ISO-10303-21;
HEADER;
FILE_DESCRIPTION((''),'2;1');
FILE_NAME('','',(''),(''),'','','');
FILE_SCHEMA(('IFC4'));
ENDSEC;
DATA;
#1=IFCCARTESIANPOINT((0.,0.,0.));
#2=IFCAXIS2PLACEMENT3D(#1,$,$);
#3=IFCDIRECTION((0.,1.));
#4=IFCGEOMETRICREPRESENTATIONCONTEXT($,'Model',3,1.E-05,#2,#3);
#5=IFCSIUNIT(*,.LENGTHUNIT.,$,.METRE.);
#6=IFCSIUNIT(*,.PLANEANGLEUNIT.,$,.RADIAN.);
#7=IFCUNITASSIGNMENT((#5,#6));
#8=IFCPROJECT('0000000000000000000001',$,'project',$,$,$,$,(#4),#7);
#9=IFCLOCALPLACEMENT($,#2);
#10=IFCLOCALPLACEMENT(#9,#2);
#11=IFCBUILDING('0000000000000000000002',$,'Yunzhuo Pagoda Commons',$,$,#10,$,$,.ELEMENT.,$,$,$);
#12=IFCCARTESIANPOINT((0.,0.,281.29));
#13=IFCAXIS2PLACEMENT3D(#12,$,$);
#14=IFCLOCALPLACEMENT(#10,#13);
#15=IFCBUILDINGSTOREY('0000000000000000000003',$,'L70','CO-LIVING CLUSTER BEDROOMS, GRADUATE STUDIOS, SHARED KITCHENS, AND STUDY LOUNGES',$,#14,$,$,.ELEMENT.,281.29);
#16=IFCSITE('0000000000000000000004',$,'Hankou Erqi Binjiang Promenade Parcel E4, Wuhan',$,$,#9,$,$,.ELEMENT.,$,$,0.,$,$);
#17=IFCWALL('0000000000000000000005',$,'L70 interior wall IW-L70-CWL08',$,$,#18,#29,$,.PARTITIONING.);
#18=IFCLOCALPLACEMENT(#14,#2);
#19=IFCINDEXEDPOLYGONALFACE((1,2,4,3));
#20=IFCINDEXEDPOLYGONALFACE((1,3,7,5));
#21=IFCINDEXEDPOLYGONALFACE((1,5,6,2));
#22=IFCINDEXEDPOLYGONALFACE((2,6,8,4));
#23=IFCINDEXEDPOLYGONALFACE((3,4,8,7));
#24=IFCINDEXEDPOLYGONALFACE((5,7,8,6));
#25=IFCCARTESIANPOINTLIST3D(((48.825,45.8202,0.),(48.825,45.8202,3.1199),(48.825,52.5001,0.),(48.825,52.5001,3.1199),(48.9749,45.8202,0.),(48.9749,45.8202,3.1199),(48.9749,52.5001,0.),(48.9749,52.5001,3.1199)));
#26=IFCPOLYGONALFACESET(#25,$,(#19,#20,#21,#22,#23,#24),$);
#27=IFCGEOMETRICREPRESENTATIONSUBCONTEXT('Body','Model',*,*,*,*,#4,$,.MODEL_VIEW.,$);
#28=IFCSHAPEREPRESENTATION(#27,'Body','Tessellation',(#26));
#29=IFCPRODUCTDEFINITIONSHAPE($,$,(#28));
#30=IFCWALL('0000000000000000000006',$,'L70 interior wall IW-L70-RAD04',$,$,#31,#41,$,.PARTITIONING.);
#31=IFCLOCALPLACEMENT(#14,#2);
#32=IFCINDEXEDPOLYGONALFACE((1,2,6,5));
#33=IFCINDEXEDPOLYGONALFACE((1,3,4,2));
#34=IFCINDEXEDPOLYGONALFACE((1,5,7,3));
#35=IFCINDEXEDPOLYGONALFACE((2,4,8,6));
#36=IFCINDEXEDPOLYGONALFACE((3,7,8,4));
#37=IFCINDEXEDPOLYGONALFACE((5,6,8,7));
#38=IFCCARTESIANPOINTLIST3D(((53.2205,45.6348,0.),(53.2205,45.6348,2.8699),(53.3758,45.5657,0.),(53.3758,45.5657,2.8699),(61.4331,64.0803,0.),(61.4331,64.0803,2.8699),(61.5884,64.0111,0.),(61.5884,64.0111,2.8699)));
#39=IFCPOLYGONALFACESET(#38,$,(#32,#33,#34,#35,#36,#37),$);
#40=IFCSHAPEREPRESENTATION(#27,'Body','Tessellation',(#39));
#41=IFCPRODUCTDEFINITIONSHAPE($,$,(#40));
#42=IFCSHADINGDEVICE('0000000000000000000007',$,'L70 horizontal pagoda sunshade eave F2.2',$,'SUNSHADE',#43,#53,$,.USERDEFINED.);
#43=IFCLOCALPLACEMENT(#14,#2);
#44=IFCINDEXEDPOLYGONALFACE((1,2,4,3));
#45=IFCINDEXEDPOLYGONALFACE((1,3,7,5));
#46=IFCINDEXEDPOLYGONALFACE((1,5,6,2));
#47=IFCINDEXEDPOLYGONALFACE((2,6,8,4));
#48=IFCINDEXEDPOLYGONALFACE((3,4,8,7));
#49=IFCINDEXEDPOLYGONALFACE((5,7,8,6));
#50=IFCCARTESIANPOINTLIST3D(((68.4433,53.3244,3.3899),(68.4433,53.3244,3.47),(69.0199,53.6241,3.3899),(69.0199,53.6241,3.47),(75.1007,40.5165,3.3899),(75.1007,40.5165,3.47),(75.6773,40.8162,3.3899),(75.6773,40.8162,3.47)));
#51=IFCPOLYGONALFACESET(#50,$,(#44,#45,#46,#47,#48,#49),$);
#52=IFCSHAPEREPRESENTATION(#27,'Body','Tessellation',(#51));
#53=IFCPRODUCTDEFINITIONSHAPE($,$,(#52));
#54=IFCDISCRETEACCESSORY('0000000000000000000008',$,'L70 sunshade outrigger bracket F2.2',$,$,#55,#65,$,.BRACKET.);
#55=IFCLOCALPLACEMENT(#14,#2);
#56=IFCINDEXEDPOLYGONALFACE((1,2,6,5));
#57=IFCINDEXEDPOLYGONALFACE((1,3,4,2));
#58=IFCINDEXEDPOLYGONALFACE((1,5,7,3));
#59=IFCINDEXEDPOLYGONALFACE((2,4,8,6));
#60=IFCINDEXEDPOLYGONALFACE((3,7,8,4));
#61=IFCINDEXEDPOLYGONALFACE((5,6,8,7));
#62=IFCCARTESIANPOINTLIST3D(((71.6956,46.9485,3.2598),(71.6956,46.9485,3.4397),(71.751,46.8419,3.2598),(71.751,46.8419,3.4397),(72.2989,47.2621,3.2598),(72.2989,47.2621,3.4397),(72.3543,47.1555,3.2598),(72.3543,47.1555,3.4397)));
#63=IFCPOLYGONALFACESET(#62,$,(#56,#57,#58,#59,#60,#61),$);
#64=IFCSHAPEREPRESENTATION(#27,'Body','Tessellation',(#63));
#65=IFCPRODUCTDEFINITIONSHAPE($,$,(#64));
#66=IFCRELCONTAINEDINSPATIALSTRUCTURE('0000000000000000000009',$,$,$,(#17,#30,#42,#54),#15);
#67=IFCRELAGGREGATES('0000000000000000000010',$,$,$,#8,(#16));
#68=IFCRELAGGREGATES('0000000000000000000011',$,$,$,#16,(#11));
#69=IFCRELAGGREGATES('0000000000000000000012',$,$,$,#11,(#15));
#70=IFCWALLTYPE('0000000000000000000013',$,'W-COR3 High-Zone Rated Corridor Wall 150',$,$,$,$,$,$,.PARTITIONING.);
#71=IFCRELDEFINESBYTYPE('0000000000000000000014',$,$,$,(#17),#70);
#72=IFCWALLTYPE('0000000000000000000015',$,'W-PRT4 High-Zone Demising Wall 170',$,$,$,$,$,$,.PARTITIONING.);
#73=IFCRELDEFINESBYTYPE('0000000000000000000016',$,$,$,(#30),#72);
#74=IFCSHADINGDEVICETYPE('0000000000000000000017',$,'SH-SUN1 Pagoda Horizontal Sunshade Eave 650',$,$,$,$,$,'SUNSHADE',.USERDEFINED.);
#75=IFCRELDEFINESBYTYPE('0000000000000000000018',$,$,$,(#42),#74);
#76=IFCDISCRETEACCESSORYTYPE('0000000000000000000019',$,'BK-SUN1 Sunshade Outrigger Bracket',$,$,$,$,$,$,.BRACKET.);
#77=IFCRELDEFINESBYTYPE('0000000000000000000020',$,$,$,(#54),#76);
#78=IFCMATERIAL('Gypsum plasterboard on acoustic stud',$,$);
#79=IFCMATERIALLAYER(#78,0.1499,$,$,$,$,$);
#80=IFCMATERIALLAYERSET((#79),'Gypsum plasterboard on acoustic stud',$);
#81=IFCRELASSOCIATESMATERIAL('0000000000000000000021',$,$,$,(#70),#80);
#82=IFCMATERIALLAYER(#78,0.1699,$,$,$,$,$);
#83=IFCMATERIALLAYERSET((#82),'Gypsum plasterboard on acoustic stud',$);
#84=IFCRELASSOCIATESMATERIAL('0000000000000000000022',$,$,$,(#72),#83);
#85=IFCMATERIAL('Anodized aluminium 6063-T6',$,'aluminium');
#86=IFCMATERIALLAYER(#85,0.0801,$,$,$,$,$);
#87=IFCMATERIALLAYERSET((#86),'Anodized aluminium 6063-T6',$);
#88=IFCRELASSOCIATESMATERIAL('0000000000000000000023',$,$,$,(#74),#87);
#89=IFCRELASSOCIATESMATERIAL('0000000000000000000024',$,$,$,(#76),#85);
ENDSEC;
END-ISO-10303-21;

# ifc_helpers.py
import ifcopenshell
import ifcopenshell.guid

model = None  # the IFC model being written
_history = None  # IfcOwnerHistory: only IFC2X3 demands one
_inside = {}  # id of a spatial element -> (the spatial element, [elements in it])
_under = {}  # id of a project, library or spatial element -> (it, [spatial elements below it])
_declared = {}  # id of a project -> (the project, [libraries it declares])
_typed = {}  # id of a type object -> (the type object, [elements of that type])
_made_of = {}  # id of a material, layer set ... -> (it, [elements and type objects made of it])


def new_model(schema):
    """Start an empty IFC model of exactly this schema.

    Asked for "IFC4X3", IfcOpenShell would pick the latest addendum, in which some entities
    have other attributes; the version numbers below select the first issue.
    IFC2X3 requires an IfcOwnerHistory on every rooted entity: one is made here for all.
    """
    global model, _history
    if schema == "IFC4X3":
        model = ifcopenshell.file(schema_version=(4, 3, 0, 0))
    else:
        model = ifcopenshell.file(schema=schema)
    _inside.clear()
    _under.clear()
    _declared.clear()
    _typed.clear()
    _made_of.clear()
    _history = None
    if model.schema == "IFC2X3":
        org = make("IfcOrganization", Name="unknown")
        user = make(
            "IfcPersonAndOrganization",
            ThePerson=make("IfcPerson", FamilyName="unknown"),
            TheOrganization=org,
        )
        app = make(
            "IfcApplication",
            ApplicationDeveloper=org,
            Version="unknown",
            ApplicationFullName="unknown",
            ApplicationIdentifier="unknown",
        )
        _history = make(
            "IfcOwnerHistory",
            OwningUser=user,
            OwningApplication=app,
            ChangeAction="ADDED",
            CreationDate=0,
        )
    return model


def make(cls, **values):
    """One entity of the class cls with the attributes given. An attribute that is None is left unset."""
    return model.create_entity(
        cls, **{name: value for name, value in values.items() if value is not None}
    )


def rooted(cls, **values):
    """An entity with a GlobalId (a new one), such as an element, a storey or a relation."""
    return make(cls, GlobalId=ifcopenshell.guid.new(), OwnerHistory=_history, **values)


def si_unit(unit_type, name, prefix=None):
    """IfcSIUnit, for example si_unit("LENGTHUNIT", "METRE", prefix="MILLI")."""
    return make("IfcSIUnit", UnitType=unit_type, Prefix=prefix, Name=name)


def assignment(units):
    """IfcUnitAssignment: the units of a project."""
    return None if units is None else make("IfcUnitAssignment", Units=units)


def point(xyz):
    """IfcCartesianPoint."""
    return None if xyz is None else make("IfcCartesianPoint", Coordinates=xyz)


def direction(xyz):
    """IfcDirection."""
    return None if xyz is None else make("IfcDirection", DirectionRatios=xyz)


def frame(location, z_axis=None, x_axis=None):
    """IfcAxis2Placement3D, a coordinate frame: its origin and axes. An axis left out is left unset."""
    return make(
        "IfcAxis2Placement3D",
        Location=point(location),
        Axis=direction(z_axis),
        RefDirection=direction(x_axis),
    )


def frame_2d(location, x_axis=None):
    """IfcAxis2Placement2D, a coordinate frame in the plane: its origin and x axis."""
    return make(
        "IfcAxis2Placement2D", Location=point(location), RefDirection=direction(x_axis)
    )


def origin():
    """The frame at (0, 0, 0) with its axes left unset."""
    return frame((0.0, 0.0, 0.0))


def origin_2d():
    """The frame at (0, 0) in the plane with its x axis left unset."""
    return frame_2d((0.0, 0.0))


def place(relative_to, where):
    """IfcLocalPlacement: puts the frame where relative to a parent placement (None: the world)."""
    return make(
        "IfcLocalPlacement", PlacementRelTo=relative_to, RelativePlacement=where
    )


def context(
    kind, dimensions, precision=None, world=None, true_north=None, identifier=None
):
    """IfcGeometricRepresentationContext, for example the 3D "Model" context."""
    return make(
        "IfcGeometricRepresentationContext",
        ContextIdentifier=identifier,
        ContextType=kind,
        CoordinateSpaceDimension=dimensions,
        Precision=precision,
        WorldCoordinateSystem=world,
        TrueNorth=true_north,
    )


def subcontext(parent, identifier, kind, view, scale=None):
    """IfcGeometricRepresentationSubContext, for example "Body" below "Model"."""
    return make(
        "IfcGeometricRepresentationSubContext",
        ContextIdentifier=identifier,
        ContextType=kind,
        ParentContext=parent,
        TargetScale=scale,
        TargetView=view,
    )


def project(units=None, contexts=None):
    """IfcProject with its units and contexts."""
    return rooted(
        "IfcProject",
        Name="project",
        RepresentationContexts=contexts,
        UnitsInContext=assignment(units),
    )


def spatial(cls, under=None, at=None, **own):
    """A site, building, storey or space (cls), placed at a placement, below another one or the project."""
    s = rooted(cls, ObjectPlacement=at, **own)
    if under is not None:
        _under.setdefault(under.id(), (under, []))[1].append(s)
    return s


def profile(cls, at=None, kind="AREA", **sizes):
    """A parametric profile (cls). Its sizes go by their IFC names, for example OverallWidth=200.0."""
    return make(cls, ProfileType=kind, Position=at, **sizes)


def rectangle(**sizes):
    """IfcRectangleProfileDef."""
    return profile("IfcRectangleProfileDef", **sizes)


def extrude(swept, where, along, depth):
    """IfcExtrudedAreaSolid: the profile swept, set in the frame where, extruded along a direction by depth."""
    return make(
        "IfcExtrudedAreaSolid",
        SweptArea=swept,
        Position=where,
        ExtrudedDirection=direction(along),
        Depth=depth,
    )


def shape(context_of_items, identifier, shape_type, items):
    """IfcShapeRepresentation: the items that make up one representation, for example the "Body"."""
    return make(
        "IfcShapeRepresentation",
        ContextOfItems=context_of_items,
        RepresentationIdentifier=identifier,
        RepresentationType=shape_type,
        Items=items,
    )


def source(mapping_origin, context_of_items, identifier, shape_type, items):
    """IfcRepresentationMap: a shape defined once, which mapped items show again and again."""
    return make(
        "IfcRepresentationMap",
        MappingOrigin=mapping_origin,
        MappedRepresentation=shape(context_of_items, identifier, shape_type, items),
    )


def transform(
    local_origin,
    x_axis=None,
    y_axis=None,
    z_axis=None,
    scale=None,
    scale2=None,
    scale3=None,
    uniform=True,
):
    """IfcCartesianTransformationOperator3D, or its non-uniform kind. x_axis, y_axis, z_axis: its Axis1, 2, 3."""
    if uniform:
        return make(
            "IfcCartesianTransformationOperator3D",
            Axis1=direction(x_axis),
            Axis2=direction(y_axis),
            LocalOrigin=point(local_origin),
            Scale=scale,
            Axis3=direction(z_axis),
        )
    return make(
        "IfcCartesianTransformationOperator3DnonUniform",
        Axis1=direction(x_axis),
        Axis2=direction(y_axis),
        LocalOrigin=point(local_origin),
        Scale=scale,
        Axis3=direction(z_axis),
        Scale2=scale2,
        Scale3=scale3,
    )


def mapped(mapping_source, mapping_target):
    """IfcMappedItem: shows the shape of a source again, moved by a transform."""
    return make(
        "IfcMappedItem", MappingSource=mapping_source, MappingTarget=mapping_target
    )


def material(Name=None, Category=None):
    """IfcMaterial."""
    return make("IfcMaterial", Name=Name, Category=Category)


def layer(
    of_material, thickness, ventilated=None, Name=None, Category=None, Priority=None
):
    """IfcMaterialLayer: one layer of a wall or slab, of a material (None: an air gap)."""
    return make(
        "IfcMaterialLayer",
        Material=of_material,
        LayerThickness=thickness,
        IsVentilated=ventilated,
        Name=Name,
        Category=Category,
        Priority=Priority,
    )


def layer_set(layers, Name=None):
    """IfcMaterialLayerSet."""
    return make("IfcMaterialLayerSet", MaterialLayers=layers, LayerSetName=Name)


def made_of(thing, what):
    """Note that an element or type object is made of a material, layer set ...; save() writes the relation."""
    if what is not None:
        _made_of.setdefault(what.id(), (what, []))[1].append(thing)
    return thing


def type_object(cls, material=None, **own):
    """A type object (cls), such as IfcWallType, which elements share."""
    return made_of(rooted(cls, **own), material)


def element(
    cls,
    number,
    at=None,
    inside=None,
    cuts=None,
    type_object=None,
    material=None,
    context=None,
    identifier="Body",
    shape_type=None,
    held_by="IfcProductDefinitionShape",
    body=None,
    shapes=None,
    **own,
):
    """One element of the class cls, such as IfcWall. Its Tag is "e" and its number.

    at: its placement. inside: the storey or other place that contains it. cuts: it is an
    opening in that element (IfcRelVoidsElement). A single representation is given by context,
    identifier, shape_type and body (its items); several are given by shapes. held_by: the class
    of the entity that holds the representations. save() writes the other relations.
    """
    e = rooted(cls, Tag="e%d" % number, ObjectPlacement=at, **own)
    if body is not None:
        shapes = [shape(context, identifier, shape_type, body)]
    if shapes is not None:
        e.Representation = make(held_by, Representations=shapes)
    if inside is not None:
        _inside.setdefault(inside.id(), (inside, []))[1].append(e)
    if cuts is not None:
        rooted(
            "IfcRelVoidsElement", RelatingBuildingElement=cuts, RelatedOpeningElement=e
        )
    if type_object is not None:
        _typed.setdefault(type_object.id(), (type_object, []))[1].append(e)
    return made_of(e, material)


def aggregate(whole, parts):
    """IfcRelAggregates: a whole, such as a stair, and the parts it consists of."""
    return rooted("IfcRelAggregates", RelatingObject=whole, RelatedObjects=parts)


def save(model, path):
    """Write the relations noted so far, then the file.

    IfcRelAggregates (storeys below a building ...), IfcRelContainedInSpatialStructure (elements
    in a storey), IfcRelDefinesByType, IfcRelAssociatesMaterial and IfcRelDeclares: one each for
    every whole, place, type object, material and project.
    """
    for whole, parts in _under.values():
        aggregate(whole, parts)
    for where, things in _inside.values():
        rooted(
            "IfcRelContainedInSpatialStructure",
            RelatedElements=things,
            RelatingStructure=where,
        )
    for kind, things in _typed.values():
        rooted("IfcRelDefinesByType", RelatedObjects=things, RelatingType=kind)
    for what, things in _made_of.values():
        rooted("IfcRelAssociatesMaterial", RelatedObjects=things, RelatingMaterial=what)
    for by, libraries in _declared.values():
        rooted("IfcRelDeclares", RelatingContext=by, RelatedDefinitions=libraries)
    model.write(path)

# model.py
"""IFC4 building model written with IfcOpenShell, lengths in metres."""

from ifc_helpers import new_model, si_unit, direction, frame, frame_2d, origin, origin_2d, place, context, subcontext, project, spatial, rectangle, extrude, source, transform, mapped, material, layer, layer_set, type_object, element, save


model = new_model("IFC4")

# Units and contexts
model_context = context("Model", 3, precision=1e-05, world=origin(), true_north=direction((0.0, 1.0)))
body_context = subcontext(model_context, "Body", "Model", "MODEL_VIEW")
ifc_project = project(units=[si_unit("LENGTHUNIT", "METRE"), si_unit("PLANEANGLEUNIT", "RADIAN")], contexts=[model_context])

# Site, building, storey
site_placement = place(None, origin())
site = spatial("IfcSite", under=ifc_project, at=site_placement, Name="Hankou Erqi Binjiang Promenade Parcel E4, Wuhan", CompositionType="ELEMENT", RefElevation=0.0)
building_placement = place(site_placement, origin())
building = spatial("IfcBuilding", under=site, at=building_placement, Name="Yunzhuo Pagoda Commons", CompositionType="ELEMENT")
storey_placement = place(building_placement, frame((0.0, 0.0, 281.29)))
storey = spatial("IfcBuildingStorey", under=building, at=storey_placement, Name="L70", Description="CO-LIVING CLUSTER BEDROOMS, GRADUATE STUDIOS, SHARED KITCHENS, AND STUDY LOUNGES", CompositionType="ELEMENT", Elevation=281.29)

# Shared definitions
ifc_material_1 = material(Name="Anodized aluminium 6063-T6", Category="aluminium")

# Shared definitions
ifc_material_2 = material(Name="Gypsum plasterboard on acoustic stud")
ifc_layer_1 = layer(ifc_material_2, 0.1499)
ifc_layer_set_1 = layer_set([ifc_layer_1], Name="Gypsum plasterboard on acoustic stud")
wall_type_1 = type_object("IfcWallType", Name="W-COR3 High-Zone Rated Corridor Wall 150", PredefinedType="PARTITIONING", material=ifc_layer_set_1)

# Walls
wall_1_placement = place(storey_placement, frame((48.8999, 52.5, 0.0), z_axis=(0.0, 0.0, 1.0), x_axis=(0.0, -1.0, 0.0)))
element("IfcWall", 1, at=wall_1_placement, inside=storey, type_object=wall_type_1, Name="L70 interior wall IW-L70-CWL08", PredefinedType="PARTITIONING", context=body_context, shape_type="SweptSolid", body=[
    extrude(rectangle(XDim=6.6799, YDim=0.1499, at=frame_2d((3.3398, 0.0))), origin(), (0.0, 0.0, 1.0), 3.1199),
])
ifc_layer_2 = layer(ifc_material_2, 0.1699)
ifc_layer_set_2 = layer_set([ifc_layer_2], Name="Gypsum plasterboard on acoustic stud")
wall_type_2 = type_object("IfcWallType", Name="W-PRT4 High-Zone Demising Wall 170", PredefinedType="PARTITIONING", material=ifc_layer_set_2)
wall_2_placement = place(storey_placement, frame((53.2981, 45.6001, 0.0), z_axis=(0.0, 0.0, 1.0), x_axis=(0.406743, 0.913543, 0.0)))
element("IfcWall", 2, at=wall_2_placement, inside=storey, type_object=wall_type_2, Name="L70 interior wall IW-L70-RAD04", PredefinedType="PARTITIONING", context=body_context, shape_type="SweptSolid", body=[
    extrude(rectangle(XDim=20.1912, YDim=0.1699, at=frame_2d((10.0957, 0.0))), origin(), (0.0, 0.0, 1.0), 2.8699),
])

# Shading device
ifc_layer_3 = layer(ifc_material_1, 0.0801)
ifc_layer_set_3 = layer_set([ifc_layer_3], Name="Anodized aluminium 6063-T6")
shading_device_type = type_object("IfcShadingDeviceType", Name="SH-SUN1 Pagoda Horizontal Sunshade Eave 650", ElementType="SUNSHADE", PredefinedType="USERDEFINED", material=ifc_layer_set_3)
shared_shape_1 = source(origin(), body_context, "Body", "SweptSolid", [
    extrude(rectangle(XDim=14.4348, YDim=0.6499, at=origin_2d()), origin(), (0.0, 0.0, 1.0), 0.0801),
])
shading_device_placement = place(storey_placement, frame((72.0603, 47.0703, 3.3899), z_axis=(0.0, 0.0, 1.0), x_axis=(-0.461207, 0.887293, 0.0)))
element("IfcShadingDevice", 3, at=shading_device_placement, inside=storey, type_object=shading_device_type, Name="L70 horizontal pagoda sunshade eave F2.2", ObjectType="SUNSHADE", PredefinedType="USERDEFINED", context=body_context, shape_type="MappedRepresentation", body=[
    mapped(shared_shape_1, transform((0.0, 0.0, 0.0), scale=1.0)),
])

# Discrete accessory
discrete_accessory_type = type_object("IfcDiscreteAccessoryType", Name="BK-SUN1 Sunshade Outrigger Bracket", PredefinedType="BRACKET", material=ifc_material_1)
shared_shape_2 = source(origin(), body_context, "Body", "SweptSolid", [
    extrude(rectangle(XDim=0.1201, YDim=0.6799, at=origin_2d()), origin(), (0.0, 0.0, 1.0), 0.1799),
])
discrete_accessory_placement = place(storey_placement, frame((72.0249, 47.052, 3.2598), z_axis=(0.0, 0.0, 1.0), x_axis=(-0.461207, 0.887293, 0.0)))
element("IfcDiscreteAccessory", 4, at=discrete_accessory_placement, inside=storey, type_object=discrete_accessory_type, Name="L70 sunshade outrigger bracket F2.2", PredefinedType="BRACKET", context=body_context, shape_type="MappedRepresentation", body=[
    mapped(shared_shape_2, transform((0.0, 0.0, 0.0), scale=1.0)),
])

save(model, "model.ifc")
